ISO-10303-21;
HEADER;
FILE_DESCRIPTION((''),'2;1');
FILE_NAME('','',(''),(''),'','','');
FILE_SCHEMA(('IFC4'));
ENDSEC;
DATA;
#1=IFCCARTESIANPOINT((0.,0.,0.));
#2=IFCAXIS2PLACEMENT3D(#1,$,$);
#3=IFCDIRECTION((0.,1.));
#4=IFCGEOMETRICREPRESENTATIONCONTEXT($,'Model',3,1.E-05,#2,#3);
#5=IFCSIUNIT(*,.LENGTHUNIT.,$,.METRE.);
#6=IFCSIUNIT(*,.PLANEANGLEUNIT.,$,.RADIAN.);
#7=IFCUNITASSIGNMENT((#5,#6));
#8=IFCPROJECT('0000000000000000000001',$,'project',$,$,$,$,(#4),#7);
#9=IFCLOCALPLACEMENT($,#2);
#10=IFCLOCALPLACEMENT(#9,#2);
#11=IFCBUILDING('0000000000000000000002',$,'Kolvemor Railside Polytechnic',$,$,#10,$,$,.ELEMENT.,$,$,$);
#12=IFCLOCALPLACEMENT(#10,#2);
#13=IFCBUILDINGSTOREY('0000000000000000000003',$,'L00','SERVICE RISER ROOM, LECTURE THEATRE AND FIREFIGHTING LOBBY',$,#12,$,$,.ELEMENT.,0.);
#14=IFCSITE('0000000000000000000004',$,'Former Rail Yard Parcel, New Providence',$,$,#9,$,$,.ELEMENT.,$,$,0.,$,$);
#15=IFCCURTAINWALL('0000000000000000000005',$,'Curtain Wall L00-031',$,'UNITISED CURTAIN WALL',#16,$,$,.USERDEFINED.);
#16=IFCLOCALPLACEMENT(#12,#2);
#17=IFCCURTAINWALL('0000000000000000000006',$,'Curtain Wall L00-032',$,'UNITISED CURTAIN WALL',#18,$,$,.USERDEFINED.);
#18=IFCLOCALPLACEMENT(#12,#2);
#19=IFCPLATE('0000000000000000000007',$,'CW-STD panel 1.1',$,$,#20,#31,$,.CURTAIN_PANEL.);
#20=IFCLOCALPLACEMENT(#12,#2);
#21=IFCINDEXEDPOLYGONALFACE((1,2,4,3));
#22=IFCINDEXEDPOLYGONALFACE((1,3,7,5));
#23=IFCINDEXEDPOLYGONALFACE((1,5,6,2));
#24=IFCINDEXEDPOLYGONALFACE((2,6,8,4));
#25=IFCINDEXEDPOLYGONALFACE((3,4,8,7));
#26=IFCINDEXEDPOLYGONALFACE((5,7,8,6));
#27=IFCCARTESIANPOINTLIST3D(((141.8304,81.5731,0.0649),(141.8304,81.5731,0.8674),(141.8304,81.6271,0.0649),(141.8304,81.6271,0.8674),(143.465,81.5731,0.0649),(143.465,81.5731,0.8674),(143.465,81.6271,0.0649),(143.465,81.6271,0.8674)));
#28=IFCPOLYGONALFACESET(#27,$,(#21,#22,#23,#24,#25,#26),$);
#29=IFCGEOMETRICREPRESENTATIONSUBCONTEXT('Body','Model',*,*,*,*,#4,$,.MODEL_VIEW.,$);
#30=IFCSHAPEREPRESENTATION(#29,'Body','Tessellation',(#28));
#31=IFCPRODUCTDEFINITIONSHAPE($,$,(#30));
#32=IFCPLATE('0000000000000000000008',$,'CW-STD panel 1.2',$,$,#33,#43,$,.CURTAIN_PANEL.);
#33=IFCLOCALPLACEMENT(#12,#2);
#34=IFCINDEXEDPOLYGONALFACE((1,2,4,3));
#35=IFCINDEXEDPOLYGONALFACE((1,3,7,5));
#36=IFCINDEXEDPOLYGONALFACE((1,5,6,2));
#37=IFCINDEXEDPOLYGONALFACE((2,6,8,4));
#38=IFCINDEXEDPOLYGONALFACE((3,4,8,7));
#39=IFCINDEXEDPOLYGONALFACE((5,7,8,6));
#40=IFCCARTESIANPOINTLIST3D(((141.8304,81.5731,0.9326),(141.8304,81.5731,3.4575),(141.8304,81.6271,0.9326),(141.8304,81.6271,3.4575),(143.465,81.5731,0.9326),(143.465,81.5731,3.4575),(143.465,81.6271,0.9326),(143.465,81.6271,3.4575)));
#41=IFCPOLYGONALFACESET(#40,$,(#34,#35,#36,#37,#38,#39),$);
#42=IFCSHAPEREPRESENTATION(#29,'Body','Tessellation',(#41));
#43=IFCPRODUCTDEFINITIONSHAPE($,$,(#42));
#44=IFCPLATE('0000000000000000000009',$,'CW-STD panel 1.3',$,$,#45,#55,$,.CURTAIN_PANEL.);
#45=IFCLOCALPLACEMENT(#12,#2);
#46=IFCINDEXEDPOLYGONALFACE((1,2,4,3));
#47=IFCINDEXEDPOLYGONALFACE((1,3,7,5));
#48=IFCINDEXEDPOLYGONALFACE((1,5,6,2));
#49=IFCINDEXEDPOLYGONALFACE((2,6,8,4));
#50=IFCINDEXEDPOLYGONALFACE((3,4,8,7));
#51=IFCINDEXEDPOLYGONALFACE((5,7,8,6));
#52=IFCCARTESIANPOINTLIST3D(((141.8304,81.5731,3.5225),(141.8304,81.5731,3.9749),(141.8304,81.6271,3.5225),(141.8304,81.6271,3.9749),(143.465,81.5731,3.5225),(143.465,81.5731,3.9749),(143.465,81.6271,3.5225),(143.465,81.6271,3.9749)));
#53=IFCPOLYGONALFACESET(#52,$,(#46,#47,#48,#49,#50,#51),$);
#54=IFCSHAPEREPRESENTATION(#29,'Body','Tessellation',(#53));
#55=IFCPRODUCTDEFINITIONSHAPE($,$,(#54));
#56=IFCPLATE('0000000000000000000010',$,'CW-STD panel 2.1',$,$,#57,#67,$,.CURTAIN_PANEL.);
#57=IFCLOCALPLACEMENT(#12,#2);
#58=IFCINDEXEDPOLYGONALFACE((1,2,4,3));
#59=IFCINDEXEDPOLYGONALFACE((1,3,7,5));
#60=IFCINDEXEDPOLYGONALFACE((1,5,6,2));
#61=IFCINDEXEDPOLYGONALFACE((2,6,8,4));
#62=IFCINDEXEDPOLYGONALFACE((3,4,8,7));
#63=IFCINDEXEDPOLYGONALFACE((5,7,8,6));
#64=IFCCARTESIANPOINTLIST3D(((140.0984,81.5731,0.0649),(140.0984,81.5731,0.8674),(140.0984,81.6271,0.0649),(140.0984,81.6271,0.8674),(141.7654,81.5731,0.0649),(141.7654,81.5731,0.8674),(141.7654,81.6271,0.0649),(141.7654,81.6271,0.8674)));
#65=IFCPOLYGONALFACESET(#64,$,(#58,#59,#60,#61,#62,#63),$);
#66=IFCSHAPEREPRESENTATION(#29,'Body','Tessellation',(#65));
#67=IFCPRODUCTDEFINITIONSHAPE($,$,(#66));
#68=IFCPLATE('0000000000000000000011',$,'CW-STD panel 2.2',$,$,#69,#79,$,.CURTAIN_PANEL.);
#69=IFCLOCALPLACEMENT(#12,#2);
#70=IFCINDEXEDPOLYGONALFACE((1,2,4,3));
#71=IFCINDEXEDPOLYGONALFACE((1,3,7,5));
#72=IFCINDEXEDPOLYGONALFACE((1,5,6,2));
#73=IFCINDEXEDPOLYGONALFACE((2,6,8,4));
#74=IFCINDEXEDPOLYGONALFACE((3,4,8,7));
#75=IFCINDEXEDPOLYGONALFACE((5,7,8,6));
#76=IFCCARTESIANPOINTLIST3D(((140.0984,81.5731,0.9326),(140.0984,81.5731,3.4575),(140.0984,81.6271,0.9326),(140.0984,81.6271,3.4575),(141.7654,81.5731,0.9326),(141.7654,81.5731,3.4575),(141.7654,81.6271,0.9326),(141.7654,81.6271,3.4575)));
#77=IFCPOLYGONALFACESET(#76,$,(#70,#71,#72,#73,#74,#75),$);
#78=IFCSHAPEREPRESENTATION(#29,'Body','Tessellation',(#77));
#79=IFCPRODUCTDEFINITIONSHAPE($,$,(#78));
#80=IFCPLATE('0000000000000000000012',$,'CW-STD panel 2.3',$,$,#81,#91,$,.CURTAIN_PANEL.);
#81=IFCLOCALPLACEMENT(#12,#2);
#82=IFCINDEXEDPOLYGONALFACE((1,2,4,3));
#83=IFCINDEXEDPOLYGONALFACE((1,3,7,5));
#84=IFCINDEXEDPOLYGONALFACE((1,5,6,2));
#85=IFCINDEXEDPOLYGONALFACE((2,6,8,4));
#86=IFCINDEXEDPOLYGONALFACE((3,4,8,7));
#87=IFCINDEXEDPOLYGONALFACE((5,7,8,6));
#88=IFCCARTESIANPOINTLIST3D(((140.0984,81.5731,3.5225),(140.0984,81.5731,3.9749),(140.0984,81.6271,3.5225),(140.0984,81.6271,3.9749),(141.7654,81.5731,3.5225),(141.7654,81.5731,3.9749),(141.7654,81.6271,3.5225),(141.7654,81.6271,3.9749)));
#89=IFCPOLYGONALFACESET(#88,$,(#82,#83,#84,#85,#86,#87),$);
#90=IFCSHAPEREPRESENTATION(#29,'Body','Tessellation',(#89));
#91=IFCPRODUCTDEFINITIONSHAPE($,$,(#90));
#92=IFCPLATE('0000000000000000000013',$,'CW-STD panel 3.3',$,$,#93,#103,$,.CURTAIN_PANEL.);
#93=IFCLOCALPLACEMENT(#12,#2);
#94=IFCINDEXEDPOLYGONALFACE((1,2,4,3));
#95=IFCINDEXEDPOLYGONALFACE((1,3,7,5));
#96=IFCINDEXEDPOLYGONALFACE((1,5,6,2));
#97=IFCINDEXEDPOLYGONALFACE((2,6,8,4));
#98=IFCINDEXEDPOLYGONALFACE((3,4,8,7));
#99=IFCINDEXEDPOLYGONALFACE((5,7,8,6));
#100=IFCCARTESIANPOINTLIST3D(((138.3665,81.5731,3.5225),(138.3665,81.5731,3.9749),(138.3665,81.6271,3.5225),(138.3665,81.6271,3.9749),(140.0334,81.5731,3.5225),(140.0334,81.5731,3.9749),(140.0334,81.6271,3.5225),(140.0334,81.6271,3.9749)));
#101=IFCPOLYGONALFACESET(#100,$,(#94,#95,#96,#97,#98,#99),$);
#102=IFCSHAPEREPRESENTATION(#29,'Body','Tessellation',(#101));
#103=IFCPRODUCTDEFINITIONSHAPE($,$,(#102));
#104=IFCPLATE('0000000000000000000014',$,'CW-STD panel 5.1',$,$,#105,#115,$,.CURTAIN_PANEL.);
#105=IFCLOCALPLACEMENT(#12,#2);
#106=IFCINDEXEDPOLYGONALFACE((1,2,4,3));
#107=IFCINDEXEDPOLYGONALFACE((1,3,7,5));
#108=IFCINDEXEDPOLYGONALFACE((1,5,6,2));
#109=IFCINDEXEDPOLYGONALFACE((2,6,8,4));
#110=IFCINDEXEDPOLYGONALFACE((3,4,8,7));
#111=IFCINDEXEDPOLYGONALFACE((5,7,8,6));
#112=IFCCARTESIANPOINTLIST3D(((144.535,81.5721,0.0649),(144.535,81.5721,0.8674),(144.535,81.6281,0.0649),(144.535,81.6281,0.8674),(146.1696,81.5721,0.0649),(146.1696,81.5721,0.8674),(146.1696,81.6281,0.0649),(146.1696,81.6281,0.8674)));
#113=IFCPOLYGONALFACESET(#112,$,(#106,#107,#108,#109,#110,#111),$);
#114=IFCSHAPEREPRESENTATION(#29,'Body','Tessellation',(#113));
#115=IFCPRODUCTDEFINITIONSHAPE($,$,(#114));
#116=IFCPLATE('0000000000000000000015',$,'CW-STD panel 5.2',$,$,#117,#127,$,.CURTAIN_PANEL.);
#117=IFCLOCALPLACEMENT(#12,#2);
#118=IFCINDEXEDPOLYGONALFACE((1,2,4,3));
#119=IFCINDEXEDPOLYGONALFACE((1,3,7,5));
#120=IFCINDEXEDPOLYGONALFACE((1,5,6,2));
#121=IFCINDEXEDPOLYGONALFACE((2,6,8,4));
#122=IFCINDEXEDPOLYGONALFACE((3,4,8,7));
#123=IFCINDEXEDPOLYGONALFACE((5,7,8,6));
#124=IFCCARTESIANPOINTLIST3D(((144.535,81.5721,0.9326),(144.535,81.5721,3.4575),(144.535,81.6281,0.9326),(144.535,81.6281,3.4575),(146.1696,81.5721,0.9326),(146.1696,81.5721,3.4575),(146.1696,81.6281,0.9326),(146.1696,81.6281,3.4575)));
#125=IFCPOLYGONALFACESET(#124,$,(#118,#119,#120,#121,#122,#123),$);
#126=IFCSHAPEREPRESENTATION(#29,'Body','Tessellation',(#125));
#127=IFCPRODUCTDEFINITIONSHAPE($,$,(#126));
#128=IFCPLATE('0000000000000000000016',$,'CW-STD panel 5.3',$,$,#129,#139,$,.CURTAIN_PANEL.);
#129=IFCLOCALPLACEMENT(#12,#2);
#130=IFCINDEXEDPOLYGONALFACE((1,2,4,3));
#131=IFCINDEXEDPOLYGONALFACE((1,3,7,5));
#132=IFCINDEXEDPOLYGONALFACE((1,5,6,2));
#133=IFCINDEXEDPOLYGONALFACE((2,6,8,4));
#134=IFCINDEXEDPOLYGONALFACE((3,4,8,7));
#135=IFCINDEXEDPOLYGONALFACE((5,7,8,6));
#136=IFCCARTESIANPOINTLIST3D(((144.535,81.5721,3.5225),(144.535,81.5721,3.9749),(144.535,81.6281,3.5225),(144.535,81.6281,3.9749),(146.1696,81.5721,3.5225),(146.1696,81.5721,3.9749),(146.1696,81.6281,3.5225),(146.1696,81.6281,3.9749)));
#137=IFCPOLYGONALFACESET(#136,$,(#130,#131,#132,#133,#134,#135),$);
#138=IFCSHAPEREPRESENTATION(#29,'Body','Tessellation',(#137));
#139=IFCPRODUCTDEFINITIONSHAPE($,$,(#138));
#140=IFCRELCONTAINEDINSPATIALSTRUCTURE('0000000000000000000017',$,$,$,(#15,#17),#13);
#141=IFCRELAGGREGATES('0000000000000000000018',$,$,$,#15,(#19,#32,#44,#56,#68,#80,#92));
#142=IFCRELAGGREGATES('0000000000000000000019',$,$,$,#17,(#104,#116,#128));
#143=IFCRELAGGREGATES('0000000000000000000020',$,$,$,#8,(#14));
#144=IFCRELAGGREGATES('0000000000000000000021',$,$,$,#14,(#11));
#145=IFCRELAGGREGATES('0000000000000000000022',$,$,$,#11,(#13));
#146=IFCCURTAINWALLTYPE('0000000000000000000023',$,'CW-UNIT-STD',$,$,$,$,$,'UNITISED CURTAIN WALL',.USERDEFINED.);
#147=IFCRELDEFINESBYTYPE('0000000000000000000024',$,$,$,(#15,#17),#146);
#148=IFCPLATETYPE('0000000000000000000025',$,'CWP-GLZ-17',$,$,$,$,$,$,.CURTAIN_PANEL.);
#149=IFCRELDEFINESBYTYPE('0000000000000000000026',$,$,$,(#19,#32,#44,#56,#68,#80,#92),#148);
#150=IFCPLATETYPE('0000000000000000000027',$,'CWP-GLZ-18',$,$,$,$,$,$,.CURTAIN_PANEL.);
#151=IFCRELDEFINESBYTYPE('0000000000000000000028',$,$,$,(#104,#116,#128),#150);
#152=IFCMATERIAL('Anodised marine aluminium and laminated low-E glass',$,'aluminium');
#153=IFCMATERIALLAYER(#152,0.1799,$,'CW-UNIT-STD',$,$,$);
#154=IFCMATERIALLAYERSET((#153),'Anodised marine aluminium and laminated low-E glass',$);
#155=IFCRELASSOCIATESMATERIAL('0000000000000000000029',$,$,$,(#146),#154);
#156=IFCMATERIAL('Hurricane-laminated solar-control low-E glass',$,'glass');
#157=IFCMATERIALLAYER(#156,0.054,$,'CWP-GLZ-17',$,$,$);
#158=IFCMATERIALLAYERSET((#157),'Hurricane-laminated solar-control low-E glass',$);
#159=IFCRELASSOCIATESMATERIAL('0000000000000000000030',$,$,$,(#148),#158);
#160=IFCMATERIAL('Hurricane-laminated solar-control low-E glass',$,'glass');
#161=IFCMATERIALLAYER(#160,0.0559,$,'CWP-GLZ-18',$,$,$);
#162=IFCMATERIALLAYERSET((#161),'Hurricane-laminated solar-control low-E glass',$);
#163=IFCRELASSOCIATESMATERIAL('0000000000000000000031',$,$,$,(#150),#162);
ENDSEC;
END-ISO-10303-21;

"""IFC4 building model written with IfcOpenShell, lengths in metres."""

from ifc_helpers import new_model, si_unit, direction, frame, origin, origin_2d, place, context, subcontext, project, spatial, rectangle, extrude, material, layer, layer_set, type_object, element, aggregate, save


model = new_model("IFC4")

# Units and contexts
model_context = context("Model", 3, precision=1e-05, world=origin(), true_north=direction((0.0, 1.0)))
body_context = subcontext(model_context, "Body", "Model", "MODEL_VIEW")
ifc_project = project(units=[si_unit("LENGTHUNIT", "METRE"), si_unit("PLANEANGLEUNIT", "RADIAN")], contexts=[model_context])

# Site, building, storey
site_placement = place(None, origin())
site = spatial("IfcSite", under=ifc_project, at=site_placement, Name="Former Rail Yard Parcel, New Providence", CompositionType="ELEMENT", RefElevation=0.0)
building_placement = place(site_placement, origin())
building = spatial("IfcBuilding", under=site, at=building_placement, Name="Kolvemor Railside Polytechnic", CompositionType="ELEMENT")
storey_placement = place(building_placement, origin())
storey = spatial("IfcBuildingStorey", under=building, at=storey_placement, Name="L00", Description="SERVICE RISER ROOM, LECTURE THEATRE AND FIREFIGHTING LOBBY", CompositionType="ELEMENT", Elevation=0.0)

# Curtain wall
ifc_material_1 = material(Name="Anodised marine aluminium and laminated low-E glass", Category="aluminium")
ifc_layer_1 = layer(ifc_material_1, 0.1799, Name="CW-UNIT-STD")
ifc_layer_set_1 = layer_set([ifc_layer_1], Name="Anodised marine aluminium and laminated low-E glass")
curtain_wall_type = type_object("IfcCurtainWallType", Name="CW-UNIT-STD", ElementType="UNITISED CURTAIN WALL", PredefinedType="USERDEFINED", material=ifc_layer_set_1)
curtain_wall_1_placement = place(storey_placement, origin())
curtain_wall_1 = element("IfcCurtainWall", 1, at=curtain_wall_1_placement, inside=storey, type_object=curtain_wall_type, Name="Curtain Wall L00-031", ObjectType="UNITISED CURTAIN WALL", PredefinedType="USERDEFINED")

# Curtain wall
curtain_wall_2_placement = place(storey_placement, origin())
curtain_wall_2 = element("IfcCurtainWall", 2, at=curtain_wall_2_placement, inside=storey, type_object=curtain_wall_type, Name="Curtain Wall L00-032", ObjectType="UNITISED CURTAIN WALL", PredefinedType="USERDEFINED")

# Plates
ifc_material_2 = material(Name="Hurricane-laminated solar-control low-E glass", Category="glass")
ifc_layer_2 = layer(ifc_material_2, 0.054, Name="CWP-GLZ-17")
ifc_layer_set_2 = layer_set([ifc_layer_2], Name="Hurricane-laminated solar-control low-E glass")
plate_type_1 = type_object("IfcPlateType", Name="CWP-GLZ-17", PredefinedType="CURTAIN_PANEL", material=ifc_layer_set_2)
plate_1_placement = place(storey_placement, frame((142.6477, 81.6001, 0.0649), z_axis=(0.0, 0.0, 1.0), x_axis=(-1.0, 0.0, 0.0)))
plate_1 = element("IfcPlate", 3, at=plate_1_placement, type_object=plate_type_1, Name="CW-STD panel 1.1", PredefinedType="CURTAIN_PANEL", context=body_context, shape_type="SweptSolid", body=[
    extrude(rectangle(XDim=1.6345, YDim=0.054, at=origin_2d()), origin(), (0.0, 0.0, 1.0), 0.8025),
])
plate_2_placement = place(storey_placement, frame((142.6477, 81.6001, 0.9326), z_axis=(0.0, 0.0, 1.0), x_axis=(-1.0, 0.0, 0.0)))
plate_2 = element("IfcPlate", 4, at=plate_2_placement, type_object=plate_type_1, Name="CW-STD panel 1.2", PredefinedType="CURTAIN_PANEL", context=body_context, shape_type="SweptSolid", body=[
    extrude(rectangle(XDim=1.6345, YDim=0.054, at=origin_2d()), origin(), (0.0, 0.0, 1.0), 2.5249),
])
plate_3_placement = place(storey_placement, frame((142.6477, 81.6001, 3.5225), z_axis=(0.0, 0.0, 1.0), x_axis=(-1.0, 0.0, 0.0)))
plate_3 = element("IfcPlate", 5, at=plate_3_placement, type_object=plate_type_1, Name="CW-STD panel 1.3", PredefinedType="CURTAIN_PANEL", context=body_context, shape_type="SweptSolid", body=[
    extrude(rectangle(XDim=1.6345, YDim=0.054, at=origin_2d()), origin(), (0.0, 0.0, 1.0), 0.4524),
])
plate_4_placement = place(storey_placement, frame((140.9319, 81.6001, 0.0649), z_axis=(0.0, 0.0, 1.0), x_axis=(-1.0, 0.0, 0.0)))
plate_4 = element("IfcPlate", 6, at=plate_4_placement, type_object=plate_type_1, Name="CW-STD panel 2.1", PredefinedType="CURTAIN_PANEL", context=body_context, shape_type="SweptSolid", body=[
    extrude(rectangle(XDim=1.667, YDim=0.054, at=origin_2d()), origin(), (0.0, 0.0, 1.0), 0.8025),
])
plate_5_placement = place(storey_placement, frame((140.9319, 81.6001, 0.9326), z_axis=(0.0, 0.0, 1.0), x_axis=(-1.0, 0.0, 0.0)))
plate_5 = element("IfcPlate", 7, at=plate_5_placement, type_object=plate_type_1, Name="CW-STD panel 2.2", PredefinedType="CURTAIN_PANEL", context=body_context, shape_type="SweptSolid", body=[
    extrude(rectangle(XDim=1.667, YDim=0.054, at=origin_2d()), origin(), (0.0, 0.0, 1.0), 2.5249),
])
plate_6_placement = place(storey_placement, frame((140.9319, 81.6001, 3.5225), z_axis=(0.0, 0.0, 1.0), x_axis=(-1.0, 0.0, 0.0)))
plate_6 = element("IfcPlate", 8, at=plate_6_placement, type_object=plate_type_1, Name="CW-STD panel 2.3", PredefinedType="CURTAIN_PANEL", context=body_context, shape_type="SweptSolid", body=[
    extrude(rectangle(XDim=1.667, YDim=0.054, at=origin_2d()), origin(), (0.0, 0.0, 1.0), 0.4524),
])
plate_7_placement = place(storey_placement, frame((139.2, 81.6001, 3.5225), z_axis=(0.0, 0.0, 1.0), x_axis=(-1.0, 0.0, 0.0)))
plate_7 = element("IfcPlate", 9, at=plate_7_placement, type_object=plate_type_1, Name="CW-STD panel 3.3", PredefinedType="CURTAIN_PANEL", context=body_context, shape_type="SweptSolid", body=[
    extrude(rectangle(XDim=1.667, YDim=0.054, at=origin_2d()), origin(), (0.0, 0.0, 1.0), 0.4524),
])
aggregate(curtain_wall_1, [plate_1, plate_2, plate_3, plate_4, plate_5, plate_6, plate_7])
ifc_material_3 = material(Name="Hurricane-laminated solar-control low-E glass", Category="glass")
ifc_layer_3 = layer(ifc_material_3, 0.0559, Name="CWP-GLZ-18")
ifc_layer_set_3 = layer_set([ifc_layer_3], Name="Hurricane-laminated solar-control low-E glass")
plate_type_2 = type_object("IfcPlateType", Name="CWP-GLZ-18", PredefinedType="CURTAIN_PANEL", material=ifc_layer_set_3)
plate_8_placement = place(storey_placement, frame((145.3523, 81.6001, 0.0649), z_axis=(0.0, 0.0, 1.0), x_axis=(-1.0, 0.0, 0.0)))
plate_8 = element("IfcPlate", 10, at=plate_8_placement, type_object=plate_type_2, Name="CW-STD panel 5.1", PredefinedType="CURTAIN_PANEL", context=body_context, shape_type="SweptSolid", body=[
    extrude(rectangle(XDim=1.6345, YDim=0.0559, at=origin_2d()), origin(), (0.0, 0.0, 1.0), 0.8025),
])
plate_9_placement = place(storey_placement, frame((145.3523, 81.6001, 0.9326), z_axis=(0.0, 0.0, 1.0), x_axis=(-1.0, 0.0, 0.0)))
plate_9 = element("IfcPlate", 11, at=plate_9_placement, type_object=plate_type_2, Name="CW-STD panel 5.2", PredefinedType="CURTAIN_PANEL", context=body_context, shape_type="SweptSolid", body=[
    extrude(rectangle(XDim=1.6345, YDim=0.0559, at=origin_2d()), origin(), (0.0, 0.0, 1.0), 2.5249),
])
plate_10_placement = place(storey_placement, frame((145.3523, 81.6001, 3.5225), z_axis=(0.0, 0.0, 1.0), x_axis=(-1.0, 0.0, 0.0)))
plate_10 = element("IfcPlate", 12, at=plate_10_placement, type_object=plate_type_2, Name="CW-STD panel 5.3", PredefinedType="CURTAIN_PANEL", context=body_context, shape_type="SweptSolid", body=[
    extrude(rectangle(XDim=1.6345, YDim=0.0559, at=origin_2d()), origin(), (0.0, 0.0, 1.0), 0.4524),
])
aggregate(curtain_wall_2, [plate_8, plate_9, plate_10])

save(model, "model.ifc")
